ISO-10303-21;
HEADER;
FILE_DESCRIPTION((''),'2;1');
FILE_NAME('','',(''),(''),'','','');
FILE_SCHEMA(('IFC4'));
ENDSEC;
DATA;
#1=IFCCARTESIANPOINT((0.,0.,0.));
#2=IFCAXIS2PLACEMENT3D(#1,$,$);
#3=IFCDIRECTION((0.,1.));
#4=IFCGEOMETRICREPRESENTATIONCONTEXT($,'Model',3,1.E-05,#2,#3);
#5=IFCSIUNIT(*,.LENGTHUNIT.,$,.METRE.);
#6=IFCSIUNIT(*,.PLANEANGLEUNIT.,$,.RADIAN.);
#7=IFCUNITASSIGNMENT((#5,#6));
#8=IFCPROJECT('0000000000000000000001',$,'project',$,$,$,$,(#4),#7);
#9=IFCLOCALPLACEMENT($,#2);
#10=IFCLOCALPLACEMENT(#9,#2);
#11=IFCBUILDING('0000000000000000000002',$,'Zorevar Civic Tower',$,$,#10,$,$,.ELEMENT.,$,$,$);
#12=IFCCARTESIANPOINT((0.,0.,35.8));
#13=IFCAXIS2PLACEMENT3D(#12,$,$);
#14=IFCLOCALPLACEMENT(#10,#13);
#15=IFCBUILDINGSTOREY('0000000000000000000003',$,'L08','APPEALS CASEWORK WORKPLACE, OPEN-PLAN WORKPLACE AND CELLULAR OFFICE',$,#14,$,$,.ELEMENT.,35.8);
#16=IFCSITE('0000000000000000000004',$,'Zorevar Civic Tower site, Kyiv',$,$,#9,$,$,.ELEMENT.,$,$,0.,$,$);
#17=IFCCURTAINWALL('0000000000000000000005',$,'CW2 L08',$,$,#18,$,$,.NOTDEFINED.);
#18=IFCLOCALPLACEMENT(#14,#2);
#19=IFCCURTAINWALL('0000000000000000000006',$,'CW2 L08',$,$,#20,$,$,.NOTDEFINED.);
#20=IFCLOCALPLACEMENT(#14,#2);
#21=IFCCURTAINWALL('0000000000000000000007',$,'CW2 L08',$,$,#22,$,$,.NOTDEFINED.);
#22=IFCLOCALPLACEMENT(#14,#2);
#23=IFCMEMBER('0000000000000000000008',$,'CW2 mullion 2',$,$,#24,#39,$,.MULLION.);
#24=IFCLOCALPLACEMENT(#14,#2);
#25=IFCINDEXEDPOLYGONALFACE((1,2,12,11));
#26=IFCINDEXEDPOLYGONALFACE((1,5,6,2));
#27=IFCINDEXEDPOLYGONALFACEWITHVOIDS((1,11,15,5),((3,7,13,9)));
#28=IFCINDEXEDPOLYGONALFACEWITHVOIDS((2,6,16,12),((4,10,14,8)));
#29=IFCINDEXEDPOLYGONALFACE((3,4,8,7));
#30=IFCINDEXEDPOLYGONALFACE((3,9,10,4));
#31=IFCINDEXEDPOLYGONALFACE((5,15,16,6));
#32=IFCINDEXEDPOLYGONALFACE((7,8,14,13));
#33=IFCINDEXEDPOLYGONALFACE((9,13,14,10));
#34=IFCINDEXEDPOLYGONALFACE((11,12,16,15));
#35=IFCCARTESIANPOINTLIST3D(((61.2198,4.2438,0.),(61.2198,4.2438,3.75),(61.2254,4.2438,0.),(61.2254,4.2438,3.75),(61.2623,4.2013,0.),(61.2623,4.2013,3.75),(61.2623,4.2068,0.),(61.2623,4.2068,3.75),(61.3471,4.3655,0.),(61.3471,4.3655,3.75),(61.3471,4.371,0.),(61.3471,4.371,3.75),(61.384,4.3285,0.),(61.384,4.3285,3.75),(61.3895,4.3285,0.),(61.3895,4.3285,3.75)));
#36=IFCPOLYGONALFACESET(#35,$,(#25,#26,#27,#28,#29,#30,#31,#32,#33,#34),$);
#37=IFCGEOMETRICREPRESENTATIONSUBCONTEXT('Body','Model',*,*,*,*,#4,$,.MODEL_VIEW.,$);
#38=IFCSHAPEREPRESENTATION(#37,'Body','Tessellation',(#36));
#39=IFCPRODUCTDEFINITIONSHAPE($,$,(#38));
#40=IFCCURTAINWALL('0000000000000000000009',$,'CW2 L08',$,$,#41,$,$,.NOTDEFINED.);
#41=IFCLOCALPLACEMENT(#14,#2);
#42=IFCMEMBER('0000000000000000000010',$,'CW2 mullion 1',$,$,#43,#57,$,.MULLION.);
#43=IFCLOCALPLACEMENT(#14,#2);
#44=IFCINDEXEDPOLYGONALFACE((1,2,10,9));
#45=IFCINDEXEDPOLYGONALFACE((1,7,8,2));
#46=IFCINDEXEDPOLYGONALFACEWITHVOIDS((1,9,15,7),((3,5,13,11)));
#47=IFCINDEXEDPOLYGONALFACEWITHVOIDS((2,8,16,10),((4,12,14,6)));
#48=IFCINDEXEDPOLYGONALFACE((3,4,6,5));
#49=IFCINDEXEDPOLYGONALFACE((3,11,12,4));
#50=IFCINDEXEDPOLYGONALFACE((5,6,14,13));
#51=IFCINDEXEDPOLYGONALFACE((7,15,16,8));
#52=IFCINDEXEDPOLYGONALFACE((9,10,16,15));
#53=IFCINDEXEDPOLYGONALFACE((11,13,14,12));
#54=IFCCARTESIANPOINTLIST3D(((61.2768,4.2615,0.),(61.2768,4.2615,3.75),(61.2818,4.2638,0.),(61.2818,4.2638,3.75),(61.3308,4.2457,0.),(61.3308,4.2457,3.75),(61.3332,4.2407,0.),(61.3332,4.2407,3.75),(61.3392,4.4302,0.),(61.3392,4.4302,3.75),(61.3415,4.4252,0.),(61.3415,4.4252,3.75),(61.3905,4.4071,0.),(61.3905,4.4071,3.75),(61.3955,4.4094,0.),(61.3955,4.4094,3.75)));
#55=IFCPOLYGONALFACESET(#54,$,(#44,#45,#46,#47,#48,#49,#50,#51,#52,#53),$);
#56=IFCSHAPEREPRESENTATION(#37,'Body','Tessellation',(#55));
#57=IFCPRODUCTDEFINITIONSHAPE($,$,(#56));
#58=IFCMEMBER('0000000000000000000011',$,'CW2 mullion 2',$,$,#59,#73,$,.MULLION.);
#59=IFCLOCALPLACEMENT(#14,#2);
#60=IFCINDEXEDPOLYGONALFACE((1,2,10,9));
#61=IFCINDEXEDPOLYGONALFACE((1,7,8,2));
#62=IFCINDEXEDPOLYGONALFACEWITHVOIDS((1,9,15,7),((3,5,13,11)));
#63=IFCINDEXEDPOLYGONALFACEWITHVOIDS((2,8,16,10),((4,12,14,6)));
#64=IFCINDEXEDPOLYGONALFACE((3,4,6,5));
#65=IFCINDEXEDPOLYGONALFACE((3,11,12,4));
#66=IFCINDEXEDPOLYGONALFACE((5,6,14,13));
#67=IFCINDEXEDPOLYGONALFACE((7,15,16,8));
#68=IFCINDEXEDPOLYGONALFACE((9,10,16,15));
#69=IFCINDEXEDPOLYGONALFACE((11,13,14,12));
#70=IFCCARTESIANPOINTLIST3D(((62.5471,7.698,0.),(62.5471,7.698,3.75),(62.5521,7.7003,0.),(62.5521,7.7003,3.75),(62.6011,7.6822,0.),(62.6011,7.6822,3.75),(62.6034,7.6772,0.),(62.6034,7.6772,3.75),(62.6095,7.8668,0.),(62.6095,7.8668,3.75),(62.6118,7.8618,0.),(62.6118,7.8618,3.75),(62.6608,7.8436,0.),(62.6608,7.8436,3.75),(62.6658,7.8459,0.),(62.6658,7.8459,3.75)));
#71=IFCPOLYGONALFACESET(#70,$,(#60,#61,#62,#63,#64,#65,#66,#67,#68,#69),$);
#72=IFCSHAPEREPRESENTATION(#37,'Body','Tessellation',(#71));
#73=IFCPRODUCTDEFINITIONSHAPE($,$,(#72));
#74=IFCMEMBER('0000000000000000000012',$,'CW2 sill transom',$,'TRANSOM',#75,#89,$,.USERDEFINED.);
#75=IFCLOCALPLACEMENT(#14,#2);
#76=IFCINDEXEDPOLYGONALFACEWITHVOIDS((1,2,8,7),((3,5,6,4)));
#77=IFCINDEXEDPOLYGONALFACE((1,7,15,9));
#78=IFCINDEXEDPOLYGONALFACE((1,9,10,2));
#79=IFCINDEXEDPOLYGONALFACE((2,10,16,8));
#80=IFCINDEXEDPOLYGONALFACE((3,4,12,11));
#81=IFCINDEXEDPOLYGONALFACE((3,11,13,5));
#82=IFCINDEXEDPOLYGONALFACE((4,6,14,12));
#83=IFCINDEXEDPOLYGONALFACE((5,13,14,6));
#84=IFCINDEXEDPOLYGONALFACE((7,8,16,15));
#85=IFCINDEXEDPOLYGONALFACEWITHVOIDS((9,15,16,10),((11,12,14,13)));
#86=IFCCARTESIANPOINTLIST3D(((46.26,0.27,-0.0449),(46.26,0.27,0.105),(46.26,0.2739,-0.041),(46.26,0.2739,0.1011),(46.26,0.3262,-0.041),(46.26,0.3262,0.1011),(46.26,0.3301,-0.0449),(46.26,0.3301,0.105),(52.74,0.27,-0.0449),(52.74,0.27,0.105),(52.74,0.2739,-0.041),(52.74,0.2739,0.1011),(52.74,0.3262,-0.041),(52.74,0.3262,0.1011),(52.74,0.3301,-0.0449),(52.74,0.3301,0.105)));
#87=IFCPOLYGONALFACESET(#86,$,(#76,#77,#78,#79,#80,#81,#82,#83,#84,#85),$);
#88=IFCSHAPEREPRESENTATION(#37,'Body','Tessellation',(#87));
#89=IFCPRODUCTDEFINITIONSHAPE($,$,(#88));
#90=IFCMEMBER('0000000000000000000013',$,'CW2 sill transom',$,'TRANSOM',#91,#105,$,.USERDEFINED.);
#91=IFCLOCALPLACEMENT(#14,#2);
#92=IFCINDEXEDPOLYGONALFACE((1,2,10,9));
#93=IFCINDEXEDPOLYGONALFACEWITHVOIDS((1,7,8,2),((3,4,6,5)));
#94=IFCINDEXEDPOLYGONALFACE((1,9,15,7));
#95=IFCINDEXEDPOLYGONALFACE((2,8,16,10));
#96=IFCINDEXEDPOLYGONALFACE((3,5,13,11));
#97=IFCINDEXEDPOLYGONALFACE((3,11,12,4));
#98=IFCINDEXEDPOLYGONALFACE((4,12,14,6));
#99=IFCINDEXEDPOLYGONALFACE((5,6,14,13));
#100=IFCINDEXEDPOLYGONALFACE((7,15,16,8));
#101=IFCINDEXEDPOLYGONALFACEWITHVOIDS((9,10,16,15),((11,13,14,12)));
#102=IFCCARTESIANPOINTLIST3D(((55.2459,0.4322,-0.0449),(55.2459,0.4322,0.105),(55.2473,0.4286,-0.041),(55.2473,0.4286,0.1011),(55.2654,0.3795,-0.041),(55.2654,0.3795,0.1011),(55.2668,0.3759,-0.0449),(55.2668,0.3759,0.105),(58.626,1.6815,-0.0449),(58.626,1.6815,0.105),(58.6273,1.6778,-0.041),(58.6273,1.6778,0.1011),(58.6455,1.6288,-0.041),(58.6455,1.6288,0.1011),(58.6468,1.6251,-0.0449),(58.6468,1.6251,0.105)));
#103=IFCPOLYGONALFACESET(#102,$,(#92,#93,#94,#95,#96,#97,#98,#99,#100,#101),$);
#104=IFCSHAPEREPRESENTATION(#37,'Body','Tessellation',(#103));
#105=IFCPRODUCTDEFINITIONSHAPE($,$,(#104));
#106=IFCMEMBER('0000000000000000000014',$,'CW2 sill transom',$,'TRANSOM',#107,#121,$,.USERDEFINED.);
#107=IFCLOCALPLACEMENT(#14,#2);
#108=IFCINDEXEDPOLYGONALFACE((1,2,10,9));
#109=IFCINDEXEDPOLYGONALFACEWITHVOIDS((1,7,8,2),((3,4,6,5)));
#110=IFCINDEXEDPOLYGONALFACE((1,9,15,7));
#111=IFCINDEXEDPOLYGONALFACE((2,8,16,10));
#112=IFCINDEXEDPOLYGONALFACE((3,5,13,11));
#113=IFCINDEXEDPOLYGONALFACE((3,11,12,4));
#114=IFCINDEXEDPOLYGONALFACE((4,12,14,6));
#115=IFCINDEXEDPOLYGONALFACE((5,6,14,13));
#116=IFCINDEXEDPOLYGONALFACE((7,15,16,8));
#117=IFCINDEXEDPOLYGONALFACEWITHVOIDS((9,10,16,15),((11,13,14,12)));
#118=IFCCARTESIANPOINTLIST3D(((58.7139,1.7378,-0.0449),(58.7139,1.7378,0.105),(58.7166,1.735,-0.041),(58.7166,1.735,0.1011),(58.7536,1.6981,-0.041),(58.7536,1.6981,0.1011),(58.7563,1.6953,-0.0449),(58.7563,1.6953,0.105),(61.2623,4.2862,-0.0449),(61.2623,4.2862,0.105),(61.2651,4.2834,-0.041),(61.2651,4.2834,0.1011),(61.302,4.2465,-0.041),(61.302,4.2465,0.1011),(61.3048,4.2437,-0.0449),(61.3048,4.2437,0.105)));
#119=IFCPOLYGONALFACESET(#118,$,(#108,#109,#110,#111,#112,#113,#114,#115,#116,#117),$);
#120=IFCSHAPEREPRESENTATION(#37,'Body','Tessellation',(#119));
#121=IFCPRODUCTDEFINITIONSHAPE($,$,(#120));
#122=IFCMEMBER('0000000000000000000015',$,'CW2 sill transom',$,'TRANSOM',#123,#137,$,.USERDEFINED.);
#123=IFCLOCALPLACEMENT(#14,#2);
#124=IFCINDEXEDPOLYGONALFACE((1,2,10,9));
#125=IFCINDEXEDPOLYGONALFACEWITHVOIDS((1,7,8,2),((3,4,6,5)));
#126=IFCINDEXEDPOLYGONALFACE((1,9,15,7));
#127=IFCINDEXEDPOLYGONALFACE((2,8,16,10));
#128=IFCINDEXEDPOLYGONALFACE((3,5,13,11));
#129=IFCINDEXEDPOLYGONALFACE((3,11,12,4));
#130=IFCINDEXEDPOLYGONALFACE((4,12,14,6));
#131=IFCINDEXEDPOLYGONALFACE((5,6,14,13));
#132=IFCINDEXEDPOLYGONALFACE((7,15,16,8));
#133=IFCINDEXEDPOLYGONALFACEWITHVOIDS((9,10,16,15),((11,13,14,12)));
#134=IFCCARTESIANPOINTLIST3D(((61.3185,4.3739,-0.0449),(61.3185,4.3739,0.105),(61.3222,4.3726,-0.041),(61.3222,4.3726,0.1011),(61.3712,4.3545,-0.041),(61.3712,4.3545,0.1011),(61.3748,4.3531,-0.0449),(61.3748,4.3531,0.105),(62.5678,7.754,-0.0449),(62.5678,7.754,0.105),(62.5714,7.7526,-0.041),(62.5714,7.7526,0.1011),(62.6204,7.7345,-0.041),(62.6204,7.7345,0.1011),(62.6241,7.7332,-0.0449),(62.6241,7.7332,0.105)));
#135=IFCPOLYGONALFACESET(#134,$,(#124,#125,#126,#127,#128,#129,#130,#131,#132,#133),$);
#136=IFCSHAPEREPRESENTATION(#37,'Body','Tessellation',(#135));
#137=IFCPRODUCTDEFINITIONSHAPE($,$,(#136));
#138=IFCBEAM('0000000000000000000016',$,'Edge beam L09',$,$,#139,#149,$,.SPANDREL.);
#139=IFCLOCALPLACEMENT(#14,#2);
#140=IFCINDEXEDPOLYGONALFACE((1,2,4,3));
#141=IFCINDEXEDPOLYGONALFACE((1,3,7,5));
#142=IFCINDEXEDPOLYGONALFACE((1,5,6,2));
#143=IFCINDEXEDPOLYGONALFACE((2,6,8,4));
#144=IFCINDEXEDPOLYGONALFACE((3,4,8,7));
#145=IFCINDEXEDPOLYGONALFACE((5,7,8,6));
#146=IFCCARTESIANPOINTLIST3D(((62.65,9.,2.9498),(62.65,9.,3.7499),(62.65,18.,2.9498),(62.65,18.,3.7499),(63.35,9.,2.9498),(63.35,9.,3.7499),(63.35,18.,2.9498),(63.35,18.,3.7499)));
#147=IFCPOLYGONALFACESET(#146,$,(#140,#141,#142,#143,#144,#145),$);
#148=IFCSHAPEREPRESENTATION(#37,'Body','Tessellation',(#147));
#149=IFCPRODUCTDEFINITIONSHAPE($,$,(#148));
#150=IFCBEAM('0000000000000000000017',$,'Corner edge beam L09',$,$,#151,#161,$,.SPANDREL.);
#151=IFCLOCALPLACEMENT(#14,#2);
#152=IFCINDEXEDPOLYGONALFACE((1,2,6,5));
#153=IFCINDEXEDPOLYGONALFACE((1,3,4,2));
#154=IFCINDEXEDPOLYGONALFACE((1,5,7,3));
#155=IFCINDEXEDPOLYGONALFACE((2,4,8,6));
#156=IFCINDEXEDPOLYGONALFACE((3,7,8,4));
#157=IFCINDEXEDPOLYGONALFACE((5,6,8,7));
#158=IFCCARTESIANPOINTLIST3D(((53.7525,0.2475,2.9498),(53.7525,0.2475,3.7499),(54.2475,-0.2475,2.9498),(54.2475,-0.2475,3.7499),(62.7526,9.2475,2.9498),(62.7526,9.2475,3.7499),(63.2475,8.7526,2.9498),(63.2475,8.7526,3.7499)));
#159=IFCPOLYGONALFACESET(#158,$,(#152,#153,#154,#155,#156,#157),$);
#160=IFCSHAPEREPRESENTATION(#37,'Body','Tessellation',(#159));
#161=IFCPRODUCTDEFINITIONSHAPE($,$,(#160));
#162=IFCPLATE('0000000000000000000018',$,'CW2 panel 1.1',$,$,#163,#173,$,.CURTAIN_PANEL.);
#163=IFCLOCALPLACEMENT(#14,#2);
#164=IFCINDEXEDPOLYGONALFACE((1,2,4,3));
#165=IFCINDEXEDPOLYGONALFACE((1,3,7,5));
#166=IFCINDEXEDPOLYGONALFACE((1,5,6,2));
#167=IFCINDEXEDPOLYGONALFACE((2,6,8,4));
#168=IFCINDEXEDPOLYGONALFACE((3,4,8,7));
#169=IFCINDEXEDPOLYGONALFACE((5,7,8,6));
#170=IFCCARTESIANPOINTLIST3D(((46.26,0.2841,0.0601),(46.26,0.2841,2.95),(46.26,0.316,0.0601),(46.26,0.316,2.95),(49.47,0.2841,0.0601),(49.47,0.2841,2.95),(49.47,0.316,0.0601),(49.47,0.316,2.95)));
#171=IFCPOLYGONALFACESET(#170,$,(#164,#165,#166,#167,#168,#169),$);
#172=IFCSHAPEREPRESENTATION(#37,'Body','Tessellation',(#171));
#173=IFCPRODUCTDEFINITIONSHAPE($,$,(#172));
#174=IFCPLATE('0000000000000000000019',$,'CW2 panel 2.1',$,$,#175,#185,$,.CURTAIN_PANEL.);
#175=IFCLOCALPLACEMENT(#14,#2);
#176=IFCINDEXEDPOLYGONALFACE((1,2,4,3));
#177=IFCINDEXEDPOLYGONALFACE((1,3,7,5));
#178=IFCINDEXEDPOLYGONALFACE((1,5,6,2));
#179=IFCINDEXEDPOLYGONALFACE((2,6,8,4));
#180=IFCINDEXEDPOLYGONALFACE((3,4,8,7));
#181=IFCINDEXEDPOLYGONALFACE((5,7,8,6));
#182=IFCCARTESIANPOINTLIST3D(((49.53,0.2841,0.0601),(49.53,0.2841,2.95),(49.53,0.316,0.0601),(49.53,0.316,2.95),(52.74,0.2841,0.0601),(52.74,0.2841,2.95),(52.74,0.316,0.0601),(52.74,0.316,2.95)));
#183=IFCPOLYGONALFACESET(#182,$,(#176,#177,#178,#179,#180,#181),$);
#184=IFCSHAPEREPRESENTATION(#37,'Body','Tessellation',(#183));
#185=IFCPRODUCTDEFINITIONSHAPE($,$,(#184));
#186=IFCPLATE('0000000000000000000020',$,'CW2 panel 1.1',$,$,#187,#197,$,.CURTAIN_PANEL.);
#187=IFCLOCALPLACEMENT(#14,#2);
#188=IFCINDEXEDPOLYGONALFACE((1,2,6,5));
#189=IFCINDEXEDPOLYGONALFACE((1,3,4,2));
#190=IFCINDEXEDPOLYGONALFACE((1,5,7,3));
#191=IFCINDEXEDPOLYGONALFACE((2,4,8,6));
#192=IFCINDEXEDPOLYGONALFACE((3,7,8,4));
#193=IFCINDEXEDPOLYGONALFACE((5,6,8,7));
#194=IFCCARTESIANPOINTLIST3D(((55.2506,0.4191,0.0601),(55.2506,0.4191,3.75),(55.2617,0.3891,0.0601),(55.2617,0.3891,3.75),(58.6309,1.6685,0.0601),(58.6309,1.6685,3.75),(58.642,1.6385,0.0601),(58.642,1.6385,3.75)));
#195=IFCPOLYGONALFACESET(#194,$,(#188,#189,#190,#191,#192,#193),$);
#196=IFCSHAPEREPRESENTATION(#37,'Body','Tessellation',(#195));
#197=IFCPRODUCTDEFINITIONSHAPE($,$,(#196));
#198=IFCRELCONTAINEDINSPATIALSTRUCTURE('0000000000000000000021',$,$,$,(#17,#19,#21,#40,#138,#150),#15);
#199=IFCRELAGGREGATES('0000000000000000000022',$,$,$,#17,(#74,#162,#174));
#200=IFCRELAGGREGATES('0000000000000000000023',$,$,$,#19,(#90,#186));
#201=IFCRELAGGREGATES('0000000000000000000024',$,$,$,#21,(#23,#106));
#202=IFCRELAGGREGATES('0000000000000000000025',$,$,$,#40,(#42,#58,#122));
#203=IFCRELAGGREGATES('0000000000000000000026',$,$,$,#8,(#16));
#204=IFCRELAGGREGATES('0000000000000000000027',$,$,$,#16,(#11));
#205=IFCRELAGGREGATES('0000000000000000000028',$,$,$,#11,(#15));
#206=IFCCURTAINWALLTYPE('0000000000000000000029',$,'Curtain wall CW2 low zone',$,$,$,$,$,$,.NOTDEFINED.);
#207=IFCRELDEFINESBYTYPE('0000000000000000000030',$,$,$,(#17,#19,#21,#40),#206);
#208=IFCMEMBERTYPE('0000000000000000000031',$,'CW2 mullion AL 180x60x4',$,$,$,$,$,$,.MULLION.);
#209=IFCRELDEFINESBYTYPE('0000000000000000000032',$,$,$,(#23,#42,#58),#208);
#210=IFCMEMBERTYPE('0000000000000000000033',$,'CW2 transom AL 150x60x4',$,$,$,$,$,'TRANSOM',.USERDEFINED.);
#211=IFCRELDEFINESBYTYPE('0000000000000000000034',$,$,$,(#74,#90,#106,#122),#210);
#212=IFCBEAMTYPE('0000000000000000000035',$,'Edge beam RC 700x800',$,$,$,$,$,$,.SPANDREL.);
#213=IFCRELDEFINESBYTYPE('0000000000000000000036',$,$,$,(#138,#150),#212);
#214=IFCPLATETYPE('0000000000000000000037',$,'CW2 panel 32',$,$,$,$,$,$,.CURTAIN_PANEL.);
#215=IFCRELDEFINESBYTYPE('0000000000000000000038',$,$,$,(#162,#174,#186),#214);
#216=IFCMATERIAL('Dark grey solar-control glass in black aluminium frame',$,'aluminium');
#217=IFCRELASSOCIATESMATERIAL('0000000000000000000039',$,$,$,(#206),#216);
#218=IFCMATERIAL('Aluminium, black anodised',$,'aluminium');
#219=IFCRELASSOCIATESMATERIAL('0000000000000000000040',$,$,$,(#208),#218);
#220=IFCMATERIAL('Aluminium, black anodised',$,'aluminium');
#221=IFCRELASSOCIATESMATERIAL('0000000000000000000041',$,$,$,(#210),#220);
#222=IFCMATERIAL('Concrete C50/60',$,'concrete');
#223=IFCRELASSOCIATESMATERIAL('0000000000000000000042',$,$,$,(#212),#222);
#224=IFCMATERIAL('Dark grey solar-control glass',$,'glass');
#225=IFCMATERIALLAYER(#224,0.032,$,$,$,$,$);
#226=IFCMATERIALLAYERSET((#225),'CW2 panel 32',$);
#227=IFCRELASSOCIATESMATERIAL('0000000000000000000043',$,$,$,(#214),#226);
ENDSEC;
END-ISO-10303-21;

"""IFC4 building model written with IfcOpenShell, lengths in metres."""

from ifc_helpers import new_model, si_unit, direction, frame, origin, origin_2d, place, context, subcontext, project, spatial, rectangle, hollow_rectangle, extrude, material, layer, layer_set, material_profile, profile_set, type_object, element, aggregate, save


model = new_model("IFC4")

# Units and contexts
model_context = context("Model", 3, precision=1e-05, world=origin(), true_north=direction((0.0, 1.0)))
body_context = subcontext(model_context, "Body", "Model", "MODEL_VIEW")
ifc_project = project(units=[si_unit("LENGTHUNIT", "METRE"), si_unit("PLANEANGLEUNIT", "RADIAN")], contexts=[model_context])

# Site, building, storey
site_placement = place(None, origin())
site = spatial("IfcSite", under=ifc_project, at=site_placement, Name="Zorevar Civic Tower site, Kyiv", CompositionType="ELEMENT", RefElevation=0.0)
building_placement = place(site_placement, origin())
building = spatial("IfcBuilding", under=site, at=building_placement, Name="Zorevar Civic Tower", CompositionType="ELEMENT")
storey_placement = place(building_placement, frame((0.0, 0.0, 35.8)))
storey = spatial("IfcBuildingStorey", under=building, at=storey_placement, Name="L08", Description="APPEALS CASEWORK WORKPLACE, OPEN-PLAN WORKPLACE AND CELLULAR OFFICE", CompositionType="ELEMENT", Elevation=35.8)

# Curtain walls, members
ifc_material_1 = material(Name="Dark grey solar-control glass in black aluminium frame", Category="aluminium")
curtain_wall_type = type_object("IfcCurtainWallType", Name="Curtain wall CW2 low zone", PredefinedType="NOTDEFINED", material=ifc_material_1)
curtain_wall_1_placement = place(storey_placement, origin())
curtain_wall_1 = element("IfcCurtainWall", 1, at=curtain_wall_1_placement, inside=storey, type_object=curtain_wall_type, Name="CW2 L08", PredefinedType="NOTDEFINED")
ifc_material_2 = material(Name="Aluminium, black anodised", Category="aluminium")
ifc_material_profile_1 = material_profile(ifc_material_2, hollow_rectangle(XDim=0.0601, YDim=0.1799, WallThickness=0.0039, at=origin_2d()), Name="AL 180x60x4")
ifc_profile_set_1 = profile_set([ifc_material_profile_1], Name="Aluminium, black anodised")
member_type_1 = type_object("IfcMemberType", Name="CW2 mullion AL 180x60x4", PredefinedType="MULLION", material=ifc_profile_set_1)
curtain_wall_2_placement = place(storey_placement, origin())
curtain_wall_2 = element("IfcCurtainWall", 2, at=curtain_wall_2_placement, inside=storey, type_object=curtain_wall_type, Name="CW2 L08", PredefinedType="NOTDEFINED")
curtain_wall_3_placement = place(storey_placement, origin())
curtain_wall_3 = element("IfcCurtainWall", 3, at=curtain_wall_3_placement, inside=storey, type_object=curtain_wall_type, Name="CW2 L08", PredefinedType="NOTDEFINED")
member_1_placement = place(storey_placement, frame((61.3047, 4.2861, 0.0), z_axis=(0.0, 0.0, 1.0), x_axis=(-0.707107, 0.707107, 0.0)))
member_1 = element("IfcMember", 4, at=member_1_placement, type_object=member_type_1, Name="CW2 mullion 2", PredefinedType="MULLION", context=body_context, shape_type="SweptSolid", body=[
    extrude(hollow_rectangle(XDim=0.0601, YDim=0.1799, WallThickness=0.0039, at=origin_2d()), origin(), (0.0, 0.0, 1.0), 3.75),
])
curtain_wall_4_placement = place(storey_placement, origin())
curtain_wall_4 = element("IfcCurtainWall", 5, at=curtain_wall_4_placement, inside=storey, type_object=curtain_wall_type, Name="CW2 L08", PredefinedType="NOTDEFINED")
member_2_placement = place(storey_placement, frame((61.3362, 4.3354, 0.0), z_axis=(0.0, 0.0, 1.0), x_axis=(-0.937975, 0.346704, 0.0)))
member_2 = element("IfcMember", 6, at=member_2_placement, type_object=member_type_1, Name="CW2 mullion 1", PredefinedType="MULLION", context=body_context, shape_type="SweptSolid", body=[
    extrude(hollow_rectangle(XDim=0.0601, YDim=0.1799, WallThickness=0.0039, at=origin_2d()), origin(), (0.0, 0.0, 1.0), 3.75),
])
member_3_placement = place(storey_placement, frame((62.6064, 7.772, 0.0), z_axis=(0.0, 0.0, 1.0), x_axis=(-0.937975, 0.346704, 0.0)))
member_3 = element("IfcMember", 7, at=member_3_placement, type_object=member_type_1, Name="CW2 mullion 2", PredefinedType="MULLION", context=body_context, shape_type="SweptSolid", body=[
    extrude(hollow_rectangle(XDim=0.0601, YDim=0.1799, WallThickness=0.0039, at=origin_2d()), origin(), (0.0, 0.0, 1.0), 3.75),
])

# Members
ifc_material_3 = material(Name="Aluminium, black anodised", Category="aluminium")
ifc_material_profile_2 = material_profile(ifc_material_3, hollow_rectangle(XDim=0.0601, YDim=0.1499, WallThickness=0.0039, at=origin_2d()), Name="AL 150x60x4")
ifc_profile_set_2 = profile_set([ifc_material_profile_2], Name="Aluminium, black anodised")
member_type_2 = type_object("IfcMemberType", Name="CW2 transom AL 150x60x4", ElementType="TRANSOM", PredefinedType="USERDEFINED", material=ifc_profile_set_2)
member_4_placement = place(storey_placement, frame((46.26, 0.3, 0.03), z_axis=(1.0, 0.0, 0.0), x_axis=(0.0, 1.0, 0.0)))
member_4 = element("IfcMember", 8, at=member_4_placement, type_object=member_type_2, Name="CW2 sill transom", ObjectType="TRANSOM", PredefinedType="USERDEFINED", context=body_context, shape_type="SweptSolid", body=[
    extrude(hollow_rectangle(XDim=0.0601, YDim=0.1499, WallThickness=0.0039, at=origin_2d()), origin(), (0.0, 0.0, 1.0), 6.48),
])
member_5_placement = place(storey_placement, frame((55.2563, 0.4041, 0.03), z_axis=(0.937986, 0.346672, 0.0), x_axis=(-0.346672, 0.937986, 0.0)))
member_5 = element("IfcMember", 9, at=member_5_placement, type_object=member_type_2, Name="CW2 sill transom", ObjectType="TRANSOM", PredefinedType="USERDEFINED", context=body_context, shape_type="SweptSolid", body=[
    extrude(hollow_rectangle(XDim=0.0601, YDim=0.1499, WallThickness=0.0039, at=origin_2d()), origin(), (0.0, 0.0, 1.0), 3.6035),
])
member_6_placement = place(storey_placement, frame((58.7351, 1.7166, 0.03), z_axis=(0.707107, 0.707107, 0.0), x_axis=(-0.707107, 0.707107, 0.0)))
member_6 = element("IfcMember", 10, at=member_6_placement, type_object=member_type_2, Name="CW2 sill transom", ObjectType="TRANSOM", PredefinedType="USERDEFINED", context=body_context, shape_type="SweptSolid", body=[
    extrude(hollow_rectangle(XDim=0.0601, YDim=0.1499, WallThickness=0.0039, at=origin_2d()), origin(), (0.0, 0.0, 1.0), 3.604),
])
member_7_placement = place(storey_placement, frame((61.3467, 4.3635, 0.03), z_axis=(0.346672, 0.937986, 0.0), x_axis=(-0.937986, 0.346672, 0.0)))
member_7 = element("IfcMember", 11, at=member_7_placement, type_object=member_type_2, Name="CW2 sill transom", ObjectType="TRANSOM", PredefinedType="USERDEFINED", context=body_context, shape_type="SweptSolid", body=[
    extrude(hollow_rectangle(XDim=0.0601, YDim=0.1499, WallThickness=0.0039, at=origin_2d()), origin(), (0.0, 0.0, 1.0), 3.6035),
])

# Beams
ifc_material_4 = material(Name="Concrete C50/60", Category="concrete")
ifc_material_profile_3 = material_profile(ifc_material_4, rectangle(XDim=0.7, YDim=0.8, at=origin_2d()), Name="RC 700x800")
ifc_profile_set_3 = profile_set([ifc_material_profile_3], Name="Concrete C50/60")
beam_type_1 = type_object("IfcBeamType", Name="Edge beam RC 700x800", PredefinedType="SPANDREL", material=ifc_profile_set_3)
beam_1_placement = place(storey_placement, frame((63.0, 9.0, 3.3499), z_axis=(0.0, 1.0, 0.0), x_axis=(-1.0, 0.0, 0.0)))
element("IfcBeam", 12, at=beam_1_placement, inside=storey, type_object=beam_type_1, Name="Edge beam L09", PredefinedType="SPANDREL", context=body_context, shape_type="SweptSolid", body=[
    extrude(rectangle(XDim=0.7, YDim=0.8, at=origin_2d()), origin(), (0.0, 0.0, 1.0), 9.0),
])
beam_2_placement = place(storey_placement, frame((54.0, 0.0, 3.3499), z_axis=(0.707107, 0.707107, 0.0), x_axis=(-0.707107, 0.707107, 0.0)))
element("IfcBeam", 13, at=beam_2_placement, inside=storey, type_object=beam_type_1, Name="Corner edge beam L09", PredefinedType="SPANDREL", context=body_context, shape_type="SweptSolid", body=[
    extrude(rectangle(XDim=0.7, YDim=0.8, at=origin_2d()), origin(), (0.0, 0.0, 1.0), 12.728),
])

# Plates
ifc_material_5 = material(Name="Dark grey solar-control glass", Category="glass")
ifc_layer_1 = layer(ifc_material_5, 0.032)
ifc_layer_set_1 = layer_set([ifc_layer_1], Name="CW2 panel 32")
plate_type = type_object("IfcPlateType", Name="CW2 panel 32", PredefinedType="CURTAIN_PANEL", material=ifc_layer_set_1)
plate_1_placement = place(storey_placement, frame((47.865, 0.3, 0.0601), z_axis=(0.0, 0.0, 1.0), x_axis=(1.0, 0.0, 0.0)))
plate_1 = element("IfcPlate", 14, at=plate_1_placement, type_object=plate_type, Name="CW2 panel 1.1", PredefinedType="CURTAIN_PANEL", context=body_context, shape_type="SweptSolid", body=[
    extrude(rectangle(XDim=3.21, YDim=0.032, at=origin_2d()), origin(), (0.0, 0.0, 1.0), 2.8899),
])
plate_2_placement = place(storey_placement, frame((51.135, 0.3, 0.0601), z_axis=(0.0, 0.0, 1.0), x_axis=(1.0, 0.0, 0.0)))
plate_2 = element("IfcPlate", 15, at=plate_2_placement, type_object=plate_type, Name="CW2 panel 2.1", PredefinedType="CURTAIN_PANEL", context=body_context, shape_type="SweptSolid", body=[
    extrude(rectangle(XDim=3.21, YDim=0.032, at=origin_2d()), origin(), (0.0, 0.0, 1.0), 2.8899),
])
aggregate(curtain_wall_1, [member_4, plate_1, plate_2])
plate_3_placement = place(storey_placement, frame((56.9463, 1.0288, 0.0601), z_axis=(0.0, 0.0, 1.0), x_axis=(0.937975, 0.346704, 0.0)))
plate_3 = element("IfcPlate", 16, at=plate_3_placement, type_object=plate_type, Name="CW2 panel 1.1", PredefinedType="CURTAIN_PANEL", context=body_context, shape_type="SweptSolid", body=[
    extrude(rectangle(XDim=3.6038, YDim=0.032, at=origin_2d()), origin(), (0.0, 0.0, 1.0), 3.6899),
])
aggregate(curtain_wall_2, [member_5, plate_3])
aggregate(curtain_wall_3, [member_1, member_6])
aggregate(curtain_wall_4, [member_2, member_3, member_7])

save(model, "model.ifc")
